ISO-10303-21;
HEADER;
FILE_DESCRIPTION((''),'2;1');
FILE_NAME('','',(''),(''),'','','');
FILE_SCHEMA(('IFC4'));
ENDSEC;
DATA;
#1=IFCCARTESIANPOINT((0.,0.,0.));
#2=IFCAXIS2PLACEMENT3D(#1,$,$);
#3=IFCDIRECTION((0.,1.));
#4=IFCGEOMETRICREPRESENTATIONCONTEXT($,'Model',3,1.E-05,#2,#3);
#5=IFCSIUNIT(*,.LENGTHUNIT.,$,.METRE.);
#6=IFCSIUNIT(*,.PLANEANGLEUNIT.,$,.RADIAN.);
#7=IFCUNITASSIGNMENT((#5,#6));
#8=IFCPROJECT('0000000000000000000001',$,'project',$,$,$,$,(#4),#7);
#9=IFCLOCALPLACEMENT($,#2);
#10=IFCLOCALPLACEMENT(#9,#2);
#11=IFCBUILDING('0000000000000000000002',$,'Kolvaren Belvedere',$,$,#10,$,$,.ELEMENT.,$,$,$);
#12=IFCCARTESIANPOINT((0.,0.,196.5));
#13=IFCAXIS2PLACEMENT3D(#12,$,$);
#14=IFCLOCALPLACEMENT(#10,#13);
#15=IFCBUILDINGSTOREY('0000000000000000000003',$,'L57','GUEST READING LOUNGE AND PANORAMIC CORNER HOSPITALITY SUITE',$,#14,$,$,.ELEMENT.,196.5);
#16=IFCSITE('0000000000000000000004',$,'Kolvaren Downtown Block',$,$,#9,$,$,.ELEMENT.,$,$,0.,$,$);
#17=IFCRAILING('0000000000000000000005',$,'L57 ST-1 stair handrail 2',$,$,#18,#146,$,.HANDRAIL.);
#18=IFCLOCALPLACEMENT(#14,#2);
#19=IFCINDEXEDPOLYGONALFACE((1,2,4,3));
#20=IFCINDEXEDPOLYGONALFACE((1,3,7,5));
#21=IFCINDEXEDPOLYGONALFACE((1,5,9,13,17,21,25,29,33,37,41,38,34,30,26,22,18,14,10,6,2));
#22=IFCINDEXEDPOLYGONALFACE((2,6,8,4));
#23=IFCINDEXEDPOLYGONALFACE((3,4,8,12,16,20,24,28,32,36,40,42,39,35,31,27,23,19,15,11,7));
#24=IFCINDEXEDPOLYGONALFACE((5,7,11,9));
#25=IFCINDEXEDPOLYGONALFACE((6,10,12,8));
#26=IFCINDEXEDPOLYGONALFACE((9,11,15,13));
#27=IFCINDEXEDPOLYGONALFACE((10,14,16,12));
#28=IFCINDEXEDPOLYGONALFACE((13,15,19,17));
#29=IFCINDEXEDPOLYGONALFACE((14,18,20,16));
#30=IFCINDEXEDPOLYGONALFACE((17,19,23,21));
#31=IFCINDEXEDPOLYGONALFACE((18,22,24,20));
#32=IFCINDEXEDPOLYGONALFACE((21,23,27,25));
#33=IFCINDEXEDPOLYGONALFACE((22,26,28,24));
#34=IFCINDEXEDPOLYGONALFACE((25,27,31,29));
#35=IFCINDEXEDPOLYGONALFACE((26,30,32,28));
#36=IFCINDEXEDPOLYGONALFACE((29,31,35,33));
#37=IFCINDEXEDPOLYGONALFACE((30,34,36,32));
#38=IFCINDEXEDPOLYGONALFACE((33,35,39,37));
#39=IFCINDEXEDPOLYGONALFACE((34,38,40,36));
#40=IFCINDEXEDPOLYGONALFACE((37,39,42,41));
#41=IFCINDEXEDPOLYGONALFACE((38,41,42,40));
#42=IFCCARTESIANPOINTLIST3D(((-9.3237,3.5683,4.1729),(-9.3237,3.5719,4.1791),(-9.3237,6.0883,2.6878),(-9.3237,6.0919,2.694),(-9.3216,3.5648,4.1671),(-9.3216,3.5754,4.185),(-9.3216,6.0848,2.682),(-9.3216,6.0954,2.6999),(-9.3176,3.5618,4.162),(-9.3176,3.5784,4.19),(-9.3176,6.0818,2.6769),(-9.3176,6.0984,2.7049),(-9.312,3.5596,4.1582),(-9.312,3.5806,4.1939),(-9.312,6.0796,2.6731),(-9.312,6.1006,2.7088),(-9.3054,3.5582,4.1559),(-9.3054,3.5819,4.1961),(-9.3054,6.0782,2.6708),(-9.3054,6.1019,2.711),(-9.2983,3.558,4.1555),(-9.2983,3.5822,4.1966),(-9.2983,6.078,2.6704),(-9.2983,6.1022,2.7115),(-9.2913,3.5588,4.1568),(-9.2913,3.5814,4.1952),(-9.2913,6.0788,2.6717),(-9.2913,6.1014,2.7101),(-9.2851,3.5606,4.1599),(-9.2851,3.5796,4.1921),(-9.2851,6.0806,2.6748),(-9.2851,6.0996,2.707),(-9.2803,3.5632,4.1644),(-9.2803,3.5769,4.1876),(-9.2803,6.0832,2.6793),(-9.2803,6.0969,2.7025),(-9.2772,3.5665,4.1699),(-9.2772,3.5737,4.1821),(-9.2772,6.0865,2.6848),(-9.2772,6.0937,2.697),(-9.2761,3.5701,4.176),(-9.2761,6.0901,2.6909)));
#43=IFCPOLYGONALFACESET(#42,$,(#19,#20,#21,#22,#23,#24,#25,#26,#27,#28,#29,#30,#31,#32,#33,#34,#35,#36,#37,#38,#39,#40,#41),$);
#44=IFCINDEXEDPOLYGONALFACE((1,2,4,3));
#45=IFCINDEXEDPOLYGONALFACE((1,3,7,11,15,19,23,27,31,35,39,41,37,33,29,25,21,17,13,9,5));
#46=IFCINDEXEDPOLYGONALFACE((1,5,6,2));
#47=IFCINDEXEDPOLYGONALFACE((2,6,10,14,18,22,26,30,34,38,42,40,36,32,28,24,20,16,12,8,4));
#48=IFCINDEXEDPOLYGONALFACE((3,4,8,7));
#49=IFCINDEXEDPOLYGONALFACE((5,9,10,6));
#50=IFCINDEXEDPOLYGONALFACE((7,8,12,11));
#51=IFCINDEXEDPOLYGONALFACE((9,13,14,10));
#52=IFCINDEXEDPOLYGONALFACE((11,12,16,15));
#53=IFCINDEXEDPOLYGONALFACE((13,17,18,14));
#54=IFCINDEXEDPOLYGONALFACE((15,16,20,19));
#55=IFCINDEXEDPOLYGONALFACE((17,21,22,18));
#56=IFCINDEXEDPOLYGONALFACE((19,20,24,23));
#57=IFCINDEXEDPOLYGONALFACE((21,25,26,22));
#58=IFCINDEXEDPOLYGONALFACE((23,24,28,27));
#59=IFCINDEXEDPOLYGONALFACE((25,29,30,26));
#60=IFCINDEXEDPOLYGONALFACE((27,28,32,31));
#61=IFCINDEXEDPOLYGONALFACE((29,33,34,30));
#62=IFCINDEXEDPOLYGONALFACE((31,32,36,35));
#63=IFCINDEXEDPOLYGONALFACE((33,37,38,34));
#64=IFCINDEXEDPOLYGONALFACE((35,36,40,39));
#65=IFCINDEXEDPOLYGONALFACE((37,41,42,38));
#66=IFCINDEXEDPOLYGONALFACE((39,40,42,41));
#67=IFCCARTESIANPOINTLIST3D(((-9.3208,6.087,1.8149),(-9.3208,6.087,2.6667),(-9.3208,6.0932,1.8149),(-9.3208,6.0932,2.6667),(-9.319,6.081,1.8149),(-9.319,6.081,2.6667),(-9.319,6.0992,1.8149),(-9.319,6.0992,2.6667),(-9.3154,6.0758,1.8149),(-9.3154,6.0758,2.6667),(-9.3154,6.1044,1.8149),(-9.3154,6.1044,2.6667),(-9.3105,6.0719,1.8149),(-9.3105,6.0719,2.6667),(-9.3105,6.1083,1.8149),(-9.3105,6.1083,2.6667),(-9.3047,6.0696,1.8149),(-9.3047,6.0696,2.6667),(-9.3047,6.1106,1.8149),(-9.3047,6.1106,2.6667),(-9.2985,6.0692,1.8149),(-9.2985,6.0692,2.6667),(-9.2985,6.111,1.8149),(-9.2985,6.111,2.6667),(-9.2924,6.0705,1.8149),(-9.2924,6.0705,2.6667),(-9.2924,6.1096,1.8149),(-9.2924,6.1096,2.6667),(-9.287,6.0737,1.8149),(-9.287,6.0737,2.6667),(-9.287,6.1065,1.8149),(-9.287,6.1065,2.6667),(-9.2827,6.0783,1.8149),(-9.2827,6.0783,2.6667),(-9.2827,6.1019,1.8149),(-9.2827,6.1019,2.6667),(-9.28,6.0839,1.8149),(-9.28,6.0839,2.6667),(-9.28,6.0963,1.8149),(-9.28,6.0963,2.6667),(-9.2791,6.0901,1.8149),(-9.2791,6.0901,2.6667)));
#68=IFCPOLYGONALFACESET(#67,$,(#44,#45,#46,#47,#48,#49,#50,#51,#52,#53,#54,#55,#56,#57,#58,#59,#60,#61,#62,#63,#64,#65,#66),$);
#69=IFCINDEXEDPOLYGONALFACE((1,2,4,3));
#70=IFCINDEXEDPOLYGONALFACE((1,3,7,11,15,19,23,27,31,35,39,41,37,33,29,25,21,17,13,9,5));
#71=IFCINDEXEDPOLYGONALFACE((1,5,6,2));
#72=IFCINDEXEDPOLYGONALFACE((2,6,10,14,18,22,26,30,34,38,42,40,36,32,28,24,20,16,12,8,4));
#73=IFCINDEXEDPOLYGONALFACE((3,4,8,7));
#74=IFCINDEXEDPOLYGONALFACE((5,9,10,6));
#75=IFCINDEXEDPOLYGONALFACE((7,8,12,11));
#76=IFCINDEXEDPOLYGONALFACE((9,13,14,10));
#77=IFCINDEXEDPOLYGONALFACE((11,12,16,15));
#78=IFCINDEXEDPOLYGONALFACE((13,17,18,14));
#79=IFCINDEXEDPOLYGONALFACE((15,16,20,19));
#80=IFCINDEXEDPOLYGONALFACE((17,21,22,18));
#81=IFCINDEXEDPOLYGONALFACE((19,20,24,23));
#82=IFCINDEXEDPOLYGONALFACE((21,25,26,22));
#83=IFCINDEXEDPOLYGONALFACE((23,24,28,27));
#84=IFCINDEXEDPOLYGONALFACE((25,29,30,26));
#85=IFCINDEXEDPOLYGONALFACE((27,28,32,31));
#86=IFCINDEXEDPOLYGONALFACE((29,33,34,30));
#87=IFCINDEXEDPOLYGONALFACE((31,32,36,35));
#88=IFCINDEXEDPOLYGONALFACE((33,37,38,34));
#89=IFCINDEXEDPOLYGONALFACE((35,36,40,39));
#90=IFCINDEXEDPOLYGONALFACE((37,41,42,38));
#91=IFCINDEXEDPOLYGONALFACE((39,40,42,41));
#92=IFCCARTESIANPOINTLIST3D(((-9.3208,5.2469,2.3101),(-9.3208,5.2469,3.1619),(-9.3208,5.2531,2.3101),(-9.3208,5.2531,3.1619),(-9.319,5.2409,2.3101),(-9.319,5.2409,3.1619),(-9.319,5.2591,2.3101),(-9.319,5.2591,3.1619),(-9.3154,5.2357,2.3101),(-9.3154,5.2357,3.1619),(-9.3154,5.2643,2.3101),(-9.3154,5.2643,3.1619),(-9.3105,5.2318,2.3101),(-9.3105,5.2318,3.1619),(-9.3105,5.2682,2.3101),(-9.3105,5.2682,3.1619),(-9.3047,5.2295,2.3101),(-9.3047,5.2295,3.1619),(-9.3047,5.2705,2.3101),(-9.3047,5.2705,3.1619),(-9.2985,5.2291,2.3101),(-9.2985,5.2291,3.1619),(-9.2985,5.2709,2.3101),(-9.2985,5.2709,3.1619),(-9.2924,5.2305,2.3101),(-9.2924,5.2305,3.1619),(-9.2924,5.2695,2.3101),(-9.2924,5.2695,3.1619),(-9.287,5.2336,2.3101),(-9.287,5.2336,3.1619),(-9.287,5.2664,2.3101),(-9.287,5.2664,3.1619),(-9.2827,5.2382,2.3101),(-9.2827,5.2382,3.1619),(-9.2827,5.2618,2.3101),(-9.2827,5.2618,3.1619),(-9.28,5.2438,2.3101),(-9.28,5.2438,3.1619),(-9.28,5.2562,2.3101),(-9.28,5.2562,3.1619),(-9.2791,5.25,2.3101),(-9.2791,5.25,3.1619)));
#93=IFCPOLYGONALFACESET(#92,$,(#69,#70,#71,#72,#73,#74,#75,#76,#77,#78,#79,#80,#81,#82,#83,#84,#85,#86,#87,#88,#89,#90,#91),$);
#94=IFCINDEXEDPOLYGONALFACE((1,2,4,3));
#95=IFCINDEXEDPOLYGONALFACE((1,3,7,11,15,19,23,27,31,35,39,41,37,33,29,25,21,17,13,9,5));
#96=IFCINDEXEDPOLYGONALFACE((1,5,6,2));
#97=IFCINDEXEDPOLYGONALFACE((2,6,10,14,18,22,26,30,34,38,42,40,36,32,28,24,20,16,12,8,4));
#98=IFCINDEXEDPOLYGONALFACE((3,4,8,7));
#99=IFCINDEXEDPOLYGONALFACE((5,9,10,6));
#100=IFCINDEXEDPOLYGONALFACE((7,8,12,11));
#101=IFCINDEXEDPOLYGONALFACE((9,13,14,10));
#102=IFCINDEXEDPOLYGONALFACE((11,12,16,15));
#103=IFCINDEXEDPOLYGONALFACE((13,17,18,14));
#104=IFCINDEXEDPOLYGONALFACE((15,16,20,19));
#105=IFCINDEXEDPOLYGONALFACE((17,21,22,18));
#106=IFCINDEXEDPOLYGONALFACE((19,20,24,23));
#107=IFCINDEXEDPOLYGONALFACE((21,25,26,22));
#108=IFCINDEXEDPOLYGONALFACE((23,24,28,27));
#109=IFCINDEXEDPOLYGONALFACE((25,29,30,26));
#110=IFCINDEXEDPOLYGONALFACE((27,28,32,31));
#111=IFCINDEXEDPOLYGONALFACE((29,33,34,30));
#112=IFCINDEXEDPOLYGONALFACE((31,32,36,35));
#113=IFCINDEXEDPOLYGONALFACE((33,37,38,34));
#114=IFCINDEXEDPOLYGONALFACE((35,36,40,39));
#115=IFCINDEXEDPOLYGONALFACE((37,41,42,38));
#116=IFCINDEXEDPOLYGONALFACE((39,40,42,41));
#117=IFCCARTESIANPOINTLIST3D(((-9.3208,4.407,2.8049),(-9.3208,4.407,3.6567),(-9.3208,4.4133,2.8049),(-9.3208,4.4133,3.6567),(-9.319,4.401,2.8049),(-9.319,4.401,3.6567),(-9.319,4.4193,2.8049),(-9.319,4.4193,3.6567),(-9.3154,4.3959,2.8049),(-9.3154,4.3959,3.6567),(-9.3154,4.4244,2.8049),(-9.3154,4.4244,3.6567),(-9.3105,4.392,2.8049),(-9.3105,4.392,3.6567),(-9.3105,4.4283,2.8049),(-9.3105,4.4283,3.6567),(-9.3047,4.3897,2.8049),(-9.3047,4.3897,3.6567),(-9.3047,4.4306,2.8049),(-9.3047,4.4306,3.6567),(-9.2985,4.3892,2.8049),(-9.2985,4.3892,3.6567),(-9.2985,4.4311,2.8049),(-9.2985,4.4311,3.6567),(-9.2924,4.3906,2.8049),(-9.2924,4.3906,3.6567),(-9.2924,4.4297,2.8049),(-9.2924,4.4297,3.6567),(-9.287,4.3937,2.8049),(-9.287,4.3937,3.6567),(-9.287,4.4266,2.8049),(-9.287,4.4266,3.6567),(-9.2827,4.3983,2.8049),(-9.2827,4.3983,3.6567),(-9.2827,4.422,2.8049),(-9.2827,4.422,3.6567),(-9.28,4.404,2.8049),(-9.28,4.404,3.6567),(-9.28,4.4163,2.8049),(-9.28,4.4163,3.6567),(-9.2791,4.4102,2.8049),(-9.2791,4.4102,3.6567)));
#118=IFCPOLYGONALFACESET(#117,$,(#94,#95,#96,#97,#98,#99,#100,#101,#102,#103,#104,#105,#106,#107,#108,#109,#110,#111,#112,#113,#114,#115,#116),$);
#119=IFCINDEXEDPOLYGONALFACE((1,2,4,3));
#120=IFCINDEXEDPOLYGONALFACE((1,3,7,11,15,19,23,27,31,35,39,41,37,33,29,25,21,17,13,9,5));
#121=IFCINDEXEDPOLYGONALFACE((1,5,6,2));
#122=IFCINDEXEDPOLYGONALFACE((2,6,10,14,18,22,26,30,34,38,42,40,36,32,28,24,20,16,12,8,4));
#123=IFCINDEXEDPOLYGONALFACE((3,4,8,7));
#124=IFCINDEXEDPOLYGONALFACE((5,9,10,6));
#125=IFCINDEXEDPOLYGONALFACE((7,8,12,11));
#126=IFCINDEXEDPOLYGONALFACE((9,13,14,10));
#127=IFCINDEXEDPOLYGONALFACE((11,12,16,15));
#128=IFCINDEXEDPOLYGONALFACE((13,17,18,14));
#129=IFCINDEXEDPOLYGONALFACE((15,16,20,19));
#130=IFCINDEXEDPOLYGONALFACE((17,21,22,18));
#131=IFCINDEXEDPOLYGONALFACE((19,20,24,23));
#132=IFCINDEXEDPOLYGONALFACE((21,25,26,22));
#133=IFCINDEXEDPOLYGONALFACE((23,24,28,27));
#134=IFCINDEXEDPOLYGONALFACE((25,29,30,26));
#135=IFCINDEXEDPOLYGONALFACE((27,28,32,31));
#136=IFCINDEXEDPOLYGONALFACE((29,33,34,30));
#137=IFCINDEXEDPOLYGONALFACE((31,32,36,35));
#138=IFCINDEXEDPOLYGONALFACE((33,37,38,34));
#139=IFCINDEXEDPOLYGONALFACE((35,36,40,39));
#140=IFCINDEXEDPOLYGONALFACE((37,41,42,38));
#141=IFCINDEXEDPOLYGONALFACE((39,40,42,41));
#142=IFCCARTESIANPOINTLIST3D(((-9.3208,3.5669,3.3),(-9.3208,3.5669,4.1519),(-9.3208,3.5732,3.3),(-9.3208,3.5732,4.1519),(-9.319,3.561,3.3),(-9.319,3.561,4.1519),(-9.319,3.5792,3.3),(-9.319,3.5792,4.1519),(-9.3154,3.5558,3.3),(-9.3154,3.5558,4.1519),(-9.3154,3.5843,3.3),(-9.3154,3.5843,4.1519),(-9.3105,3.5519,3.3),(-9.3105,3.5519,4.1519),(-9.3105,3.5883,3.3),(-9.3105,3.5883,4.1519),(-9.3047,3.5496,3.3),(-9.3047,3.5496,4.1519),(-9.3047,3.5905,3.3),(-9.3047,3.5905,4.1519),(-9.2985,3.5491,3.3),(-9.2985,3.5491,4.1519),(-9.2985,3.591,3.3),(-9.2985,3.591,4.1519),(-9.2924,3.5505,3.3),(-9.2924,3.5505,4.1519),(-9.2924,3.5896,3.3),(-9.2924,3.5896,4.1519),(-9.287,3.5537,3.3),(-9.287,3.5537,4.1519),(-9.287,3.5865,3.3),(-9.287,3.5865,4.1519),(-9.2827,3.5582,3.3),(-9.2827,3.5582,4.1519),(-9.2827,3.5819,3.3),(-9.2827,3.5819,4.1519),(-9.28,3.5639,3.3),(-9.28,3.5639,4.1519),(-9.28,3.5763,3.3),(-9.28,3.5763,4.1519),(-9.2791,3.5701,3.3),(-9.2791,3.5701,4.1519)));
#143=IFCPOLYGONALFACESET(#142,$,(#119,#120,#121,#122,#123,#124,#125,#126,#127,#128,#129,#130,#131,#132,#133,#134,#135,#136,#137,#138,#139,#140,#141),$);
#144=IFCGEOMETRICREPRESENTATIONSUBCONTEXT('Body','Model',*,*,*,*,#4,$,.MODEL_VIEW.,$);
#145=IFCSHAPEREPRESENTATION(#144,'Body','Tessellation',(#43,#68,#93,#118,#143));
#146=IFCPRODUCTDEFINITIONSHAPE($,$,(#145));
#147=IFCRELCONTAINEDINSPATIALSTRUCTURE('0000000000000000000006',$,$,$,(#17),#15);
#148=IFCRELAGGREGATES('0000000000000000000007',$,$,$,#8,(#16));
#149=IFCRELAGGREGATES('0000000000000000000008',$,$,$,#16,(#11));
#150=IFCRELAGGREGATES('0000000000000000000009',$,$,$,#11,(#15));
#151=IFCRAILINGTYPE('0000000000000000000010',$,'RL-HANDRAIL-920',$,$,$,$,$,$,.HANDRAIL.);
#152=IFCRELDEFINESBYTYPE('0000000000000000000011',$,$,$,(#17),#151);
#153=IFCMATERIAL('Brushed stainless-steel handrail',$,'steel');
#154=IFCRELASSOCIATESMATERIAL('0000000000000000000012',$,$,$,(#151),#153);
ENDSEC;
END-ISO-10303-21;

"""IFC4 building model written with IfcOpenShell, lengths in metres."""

from ifc_helpers import new_model, si_unit, direction, frame, origin, origin_2d, place, context, subcontext, project, spatial, circle, extrude, material, type_object, element, save


model = new_model("IFC4")

# Units and contexts
model_context = context("Model", 3, precision=1e-05, world=origin(), true_north=direction((0.0, 1.0)))
body_context = subcontext(model_context, "Body", "Model", "MODEL_VIEW")
ifc_project = project(units=[si_unit("LENGTHUNIT", "METRE"), si_unit("PLANEANGLEUNIT", "RADIAN")], contexts=[model_context])

# Site, building, storey
site_placement = place(None, origin())
site = spatial("IfcSite", under=ifc_project, at=site_placement, Name="Kolvaren Downtown Block", CompositionType="ELEMENT", RefElevation=0.0)
building_placement = place(site_placement, origin())
building = spatial("IfcBuilding", under=site, at=building_placement, Name="Kolvaren Belvedere", CompositionType="ELEMENT")
storey_placement = place(building_placement, frame((0.0, 0.0, 196.5)))
storey = spatial("IfcBuildingStorey", under=building, at=storey_placement, Name="L57", Description="GUEST READING LOUNGE AND PANORAMIC CORNER HOSPITALITY SUITE", CompositionType="ELEMENT", Elevation=196.5)

# Railing
ifc_material_1 = material(Name="Brushed stainless-steel handrail", Category="steel")
railing_type_1 = type_object("IfcRailingType", Name="RL-HANDRAIL-920", PredefinedType="HANDRAIL", material=ifc_material_1)
railing_1_placement = place(storey_placement, frame((-9.3, 6.0901, 1.8149)))
element("IfcRailing", 1, at=railing_1_placement, inside=storey, type_object=railing_type_1, Name="L57 ST-1 stair handrail 2", PredefinedType="HANDRAIL", context=body_context, shape_type="SweptSolid", body=[
    extrude(circle(Radius=0.0239, at=origin_2d()), frame((0.0, 0.0, 0.876), z_axis=(0.0, -0.861524, 0.507717), x_axis=(1.0, 0.0, 0.0)), (0.0, 0.0, 1.0), 2.925),
    extrude(circle(Radius=0.021, at=origin_2d()), origin(), (0.0, 0.0, 1.0), 0.8518),
    extrude(circle(Radius=0.021, at=origin_2d()), frame((0.0, -0.8401, 0.4951)), (0.0, 0.0, 1.0), 0.8518),
    extrude(circle(Radius=0.021, at=origin_2d()), frame((0.0, -1.6799, 0.99)), (0.0, 0.0, 1.0), 0.8518),
    extrude(circle(Radius=0.021, at=origin_2d()), frame((0.0, -2.52, 1.4851)), (0.0, 0.0, 1.0), 0.8518),
])

save(model, "model.ifc")
